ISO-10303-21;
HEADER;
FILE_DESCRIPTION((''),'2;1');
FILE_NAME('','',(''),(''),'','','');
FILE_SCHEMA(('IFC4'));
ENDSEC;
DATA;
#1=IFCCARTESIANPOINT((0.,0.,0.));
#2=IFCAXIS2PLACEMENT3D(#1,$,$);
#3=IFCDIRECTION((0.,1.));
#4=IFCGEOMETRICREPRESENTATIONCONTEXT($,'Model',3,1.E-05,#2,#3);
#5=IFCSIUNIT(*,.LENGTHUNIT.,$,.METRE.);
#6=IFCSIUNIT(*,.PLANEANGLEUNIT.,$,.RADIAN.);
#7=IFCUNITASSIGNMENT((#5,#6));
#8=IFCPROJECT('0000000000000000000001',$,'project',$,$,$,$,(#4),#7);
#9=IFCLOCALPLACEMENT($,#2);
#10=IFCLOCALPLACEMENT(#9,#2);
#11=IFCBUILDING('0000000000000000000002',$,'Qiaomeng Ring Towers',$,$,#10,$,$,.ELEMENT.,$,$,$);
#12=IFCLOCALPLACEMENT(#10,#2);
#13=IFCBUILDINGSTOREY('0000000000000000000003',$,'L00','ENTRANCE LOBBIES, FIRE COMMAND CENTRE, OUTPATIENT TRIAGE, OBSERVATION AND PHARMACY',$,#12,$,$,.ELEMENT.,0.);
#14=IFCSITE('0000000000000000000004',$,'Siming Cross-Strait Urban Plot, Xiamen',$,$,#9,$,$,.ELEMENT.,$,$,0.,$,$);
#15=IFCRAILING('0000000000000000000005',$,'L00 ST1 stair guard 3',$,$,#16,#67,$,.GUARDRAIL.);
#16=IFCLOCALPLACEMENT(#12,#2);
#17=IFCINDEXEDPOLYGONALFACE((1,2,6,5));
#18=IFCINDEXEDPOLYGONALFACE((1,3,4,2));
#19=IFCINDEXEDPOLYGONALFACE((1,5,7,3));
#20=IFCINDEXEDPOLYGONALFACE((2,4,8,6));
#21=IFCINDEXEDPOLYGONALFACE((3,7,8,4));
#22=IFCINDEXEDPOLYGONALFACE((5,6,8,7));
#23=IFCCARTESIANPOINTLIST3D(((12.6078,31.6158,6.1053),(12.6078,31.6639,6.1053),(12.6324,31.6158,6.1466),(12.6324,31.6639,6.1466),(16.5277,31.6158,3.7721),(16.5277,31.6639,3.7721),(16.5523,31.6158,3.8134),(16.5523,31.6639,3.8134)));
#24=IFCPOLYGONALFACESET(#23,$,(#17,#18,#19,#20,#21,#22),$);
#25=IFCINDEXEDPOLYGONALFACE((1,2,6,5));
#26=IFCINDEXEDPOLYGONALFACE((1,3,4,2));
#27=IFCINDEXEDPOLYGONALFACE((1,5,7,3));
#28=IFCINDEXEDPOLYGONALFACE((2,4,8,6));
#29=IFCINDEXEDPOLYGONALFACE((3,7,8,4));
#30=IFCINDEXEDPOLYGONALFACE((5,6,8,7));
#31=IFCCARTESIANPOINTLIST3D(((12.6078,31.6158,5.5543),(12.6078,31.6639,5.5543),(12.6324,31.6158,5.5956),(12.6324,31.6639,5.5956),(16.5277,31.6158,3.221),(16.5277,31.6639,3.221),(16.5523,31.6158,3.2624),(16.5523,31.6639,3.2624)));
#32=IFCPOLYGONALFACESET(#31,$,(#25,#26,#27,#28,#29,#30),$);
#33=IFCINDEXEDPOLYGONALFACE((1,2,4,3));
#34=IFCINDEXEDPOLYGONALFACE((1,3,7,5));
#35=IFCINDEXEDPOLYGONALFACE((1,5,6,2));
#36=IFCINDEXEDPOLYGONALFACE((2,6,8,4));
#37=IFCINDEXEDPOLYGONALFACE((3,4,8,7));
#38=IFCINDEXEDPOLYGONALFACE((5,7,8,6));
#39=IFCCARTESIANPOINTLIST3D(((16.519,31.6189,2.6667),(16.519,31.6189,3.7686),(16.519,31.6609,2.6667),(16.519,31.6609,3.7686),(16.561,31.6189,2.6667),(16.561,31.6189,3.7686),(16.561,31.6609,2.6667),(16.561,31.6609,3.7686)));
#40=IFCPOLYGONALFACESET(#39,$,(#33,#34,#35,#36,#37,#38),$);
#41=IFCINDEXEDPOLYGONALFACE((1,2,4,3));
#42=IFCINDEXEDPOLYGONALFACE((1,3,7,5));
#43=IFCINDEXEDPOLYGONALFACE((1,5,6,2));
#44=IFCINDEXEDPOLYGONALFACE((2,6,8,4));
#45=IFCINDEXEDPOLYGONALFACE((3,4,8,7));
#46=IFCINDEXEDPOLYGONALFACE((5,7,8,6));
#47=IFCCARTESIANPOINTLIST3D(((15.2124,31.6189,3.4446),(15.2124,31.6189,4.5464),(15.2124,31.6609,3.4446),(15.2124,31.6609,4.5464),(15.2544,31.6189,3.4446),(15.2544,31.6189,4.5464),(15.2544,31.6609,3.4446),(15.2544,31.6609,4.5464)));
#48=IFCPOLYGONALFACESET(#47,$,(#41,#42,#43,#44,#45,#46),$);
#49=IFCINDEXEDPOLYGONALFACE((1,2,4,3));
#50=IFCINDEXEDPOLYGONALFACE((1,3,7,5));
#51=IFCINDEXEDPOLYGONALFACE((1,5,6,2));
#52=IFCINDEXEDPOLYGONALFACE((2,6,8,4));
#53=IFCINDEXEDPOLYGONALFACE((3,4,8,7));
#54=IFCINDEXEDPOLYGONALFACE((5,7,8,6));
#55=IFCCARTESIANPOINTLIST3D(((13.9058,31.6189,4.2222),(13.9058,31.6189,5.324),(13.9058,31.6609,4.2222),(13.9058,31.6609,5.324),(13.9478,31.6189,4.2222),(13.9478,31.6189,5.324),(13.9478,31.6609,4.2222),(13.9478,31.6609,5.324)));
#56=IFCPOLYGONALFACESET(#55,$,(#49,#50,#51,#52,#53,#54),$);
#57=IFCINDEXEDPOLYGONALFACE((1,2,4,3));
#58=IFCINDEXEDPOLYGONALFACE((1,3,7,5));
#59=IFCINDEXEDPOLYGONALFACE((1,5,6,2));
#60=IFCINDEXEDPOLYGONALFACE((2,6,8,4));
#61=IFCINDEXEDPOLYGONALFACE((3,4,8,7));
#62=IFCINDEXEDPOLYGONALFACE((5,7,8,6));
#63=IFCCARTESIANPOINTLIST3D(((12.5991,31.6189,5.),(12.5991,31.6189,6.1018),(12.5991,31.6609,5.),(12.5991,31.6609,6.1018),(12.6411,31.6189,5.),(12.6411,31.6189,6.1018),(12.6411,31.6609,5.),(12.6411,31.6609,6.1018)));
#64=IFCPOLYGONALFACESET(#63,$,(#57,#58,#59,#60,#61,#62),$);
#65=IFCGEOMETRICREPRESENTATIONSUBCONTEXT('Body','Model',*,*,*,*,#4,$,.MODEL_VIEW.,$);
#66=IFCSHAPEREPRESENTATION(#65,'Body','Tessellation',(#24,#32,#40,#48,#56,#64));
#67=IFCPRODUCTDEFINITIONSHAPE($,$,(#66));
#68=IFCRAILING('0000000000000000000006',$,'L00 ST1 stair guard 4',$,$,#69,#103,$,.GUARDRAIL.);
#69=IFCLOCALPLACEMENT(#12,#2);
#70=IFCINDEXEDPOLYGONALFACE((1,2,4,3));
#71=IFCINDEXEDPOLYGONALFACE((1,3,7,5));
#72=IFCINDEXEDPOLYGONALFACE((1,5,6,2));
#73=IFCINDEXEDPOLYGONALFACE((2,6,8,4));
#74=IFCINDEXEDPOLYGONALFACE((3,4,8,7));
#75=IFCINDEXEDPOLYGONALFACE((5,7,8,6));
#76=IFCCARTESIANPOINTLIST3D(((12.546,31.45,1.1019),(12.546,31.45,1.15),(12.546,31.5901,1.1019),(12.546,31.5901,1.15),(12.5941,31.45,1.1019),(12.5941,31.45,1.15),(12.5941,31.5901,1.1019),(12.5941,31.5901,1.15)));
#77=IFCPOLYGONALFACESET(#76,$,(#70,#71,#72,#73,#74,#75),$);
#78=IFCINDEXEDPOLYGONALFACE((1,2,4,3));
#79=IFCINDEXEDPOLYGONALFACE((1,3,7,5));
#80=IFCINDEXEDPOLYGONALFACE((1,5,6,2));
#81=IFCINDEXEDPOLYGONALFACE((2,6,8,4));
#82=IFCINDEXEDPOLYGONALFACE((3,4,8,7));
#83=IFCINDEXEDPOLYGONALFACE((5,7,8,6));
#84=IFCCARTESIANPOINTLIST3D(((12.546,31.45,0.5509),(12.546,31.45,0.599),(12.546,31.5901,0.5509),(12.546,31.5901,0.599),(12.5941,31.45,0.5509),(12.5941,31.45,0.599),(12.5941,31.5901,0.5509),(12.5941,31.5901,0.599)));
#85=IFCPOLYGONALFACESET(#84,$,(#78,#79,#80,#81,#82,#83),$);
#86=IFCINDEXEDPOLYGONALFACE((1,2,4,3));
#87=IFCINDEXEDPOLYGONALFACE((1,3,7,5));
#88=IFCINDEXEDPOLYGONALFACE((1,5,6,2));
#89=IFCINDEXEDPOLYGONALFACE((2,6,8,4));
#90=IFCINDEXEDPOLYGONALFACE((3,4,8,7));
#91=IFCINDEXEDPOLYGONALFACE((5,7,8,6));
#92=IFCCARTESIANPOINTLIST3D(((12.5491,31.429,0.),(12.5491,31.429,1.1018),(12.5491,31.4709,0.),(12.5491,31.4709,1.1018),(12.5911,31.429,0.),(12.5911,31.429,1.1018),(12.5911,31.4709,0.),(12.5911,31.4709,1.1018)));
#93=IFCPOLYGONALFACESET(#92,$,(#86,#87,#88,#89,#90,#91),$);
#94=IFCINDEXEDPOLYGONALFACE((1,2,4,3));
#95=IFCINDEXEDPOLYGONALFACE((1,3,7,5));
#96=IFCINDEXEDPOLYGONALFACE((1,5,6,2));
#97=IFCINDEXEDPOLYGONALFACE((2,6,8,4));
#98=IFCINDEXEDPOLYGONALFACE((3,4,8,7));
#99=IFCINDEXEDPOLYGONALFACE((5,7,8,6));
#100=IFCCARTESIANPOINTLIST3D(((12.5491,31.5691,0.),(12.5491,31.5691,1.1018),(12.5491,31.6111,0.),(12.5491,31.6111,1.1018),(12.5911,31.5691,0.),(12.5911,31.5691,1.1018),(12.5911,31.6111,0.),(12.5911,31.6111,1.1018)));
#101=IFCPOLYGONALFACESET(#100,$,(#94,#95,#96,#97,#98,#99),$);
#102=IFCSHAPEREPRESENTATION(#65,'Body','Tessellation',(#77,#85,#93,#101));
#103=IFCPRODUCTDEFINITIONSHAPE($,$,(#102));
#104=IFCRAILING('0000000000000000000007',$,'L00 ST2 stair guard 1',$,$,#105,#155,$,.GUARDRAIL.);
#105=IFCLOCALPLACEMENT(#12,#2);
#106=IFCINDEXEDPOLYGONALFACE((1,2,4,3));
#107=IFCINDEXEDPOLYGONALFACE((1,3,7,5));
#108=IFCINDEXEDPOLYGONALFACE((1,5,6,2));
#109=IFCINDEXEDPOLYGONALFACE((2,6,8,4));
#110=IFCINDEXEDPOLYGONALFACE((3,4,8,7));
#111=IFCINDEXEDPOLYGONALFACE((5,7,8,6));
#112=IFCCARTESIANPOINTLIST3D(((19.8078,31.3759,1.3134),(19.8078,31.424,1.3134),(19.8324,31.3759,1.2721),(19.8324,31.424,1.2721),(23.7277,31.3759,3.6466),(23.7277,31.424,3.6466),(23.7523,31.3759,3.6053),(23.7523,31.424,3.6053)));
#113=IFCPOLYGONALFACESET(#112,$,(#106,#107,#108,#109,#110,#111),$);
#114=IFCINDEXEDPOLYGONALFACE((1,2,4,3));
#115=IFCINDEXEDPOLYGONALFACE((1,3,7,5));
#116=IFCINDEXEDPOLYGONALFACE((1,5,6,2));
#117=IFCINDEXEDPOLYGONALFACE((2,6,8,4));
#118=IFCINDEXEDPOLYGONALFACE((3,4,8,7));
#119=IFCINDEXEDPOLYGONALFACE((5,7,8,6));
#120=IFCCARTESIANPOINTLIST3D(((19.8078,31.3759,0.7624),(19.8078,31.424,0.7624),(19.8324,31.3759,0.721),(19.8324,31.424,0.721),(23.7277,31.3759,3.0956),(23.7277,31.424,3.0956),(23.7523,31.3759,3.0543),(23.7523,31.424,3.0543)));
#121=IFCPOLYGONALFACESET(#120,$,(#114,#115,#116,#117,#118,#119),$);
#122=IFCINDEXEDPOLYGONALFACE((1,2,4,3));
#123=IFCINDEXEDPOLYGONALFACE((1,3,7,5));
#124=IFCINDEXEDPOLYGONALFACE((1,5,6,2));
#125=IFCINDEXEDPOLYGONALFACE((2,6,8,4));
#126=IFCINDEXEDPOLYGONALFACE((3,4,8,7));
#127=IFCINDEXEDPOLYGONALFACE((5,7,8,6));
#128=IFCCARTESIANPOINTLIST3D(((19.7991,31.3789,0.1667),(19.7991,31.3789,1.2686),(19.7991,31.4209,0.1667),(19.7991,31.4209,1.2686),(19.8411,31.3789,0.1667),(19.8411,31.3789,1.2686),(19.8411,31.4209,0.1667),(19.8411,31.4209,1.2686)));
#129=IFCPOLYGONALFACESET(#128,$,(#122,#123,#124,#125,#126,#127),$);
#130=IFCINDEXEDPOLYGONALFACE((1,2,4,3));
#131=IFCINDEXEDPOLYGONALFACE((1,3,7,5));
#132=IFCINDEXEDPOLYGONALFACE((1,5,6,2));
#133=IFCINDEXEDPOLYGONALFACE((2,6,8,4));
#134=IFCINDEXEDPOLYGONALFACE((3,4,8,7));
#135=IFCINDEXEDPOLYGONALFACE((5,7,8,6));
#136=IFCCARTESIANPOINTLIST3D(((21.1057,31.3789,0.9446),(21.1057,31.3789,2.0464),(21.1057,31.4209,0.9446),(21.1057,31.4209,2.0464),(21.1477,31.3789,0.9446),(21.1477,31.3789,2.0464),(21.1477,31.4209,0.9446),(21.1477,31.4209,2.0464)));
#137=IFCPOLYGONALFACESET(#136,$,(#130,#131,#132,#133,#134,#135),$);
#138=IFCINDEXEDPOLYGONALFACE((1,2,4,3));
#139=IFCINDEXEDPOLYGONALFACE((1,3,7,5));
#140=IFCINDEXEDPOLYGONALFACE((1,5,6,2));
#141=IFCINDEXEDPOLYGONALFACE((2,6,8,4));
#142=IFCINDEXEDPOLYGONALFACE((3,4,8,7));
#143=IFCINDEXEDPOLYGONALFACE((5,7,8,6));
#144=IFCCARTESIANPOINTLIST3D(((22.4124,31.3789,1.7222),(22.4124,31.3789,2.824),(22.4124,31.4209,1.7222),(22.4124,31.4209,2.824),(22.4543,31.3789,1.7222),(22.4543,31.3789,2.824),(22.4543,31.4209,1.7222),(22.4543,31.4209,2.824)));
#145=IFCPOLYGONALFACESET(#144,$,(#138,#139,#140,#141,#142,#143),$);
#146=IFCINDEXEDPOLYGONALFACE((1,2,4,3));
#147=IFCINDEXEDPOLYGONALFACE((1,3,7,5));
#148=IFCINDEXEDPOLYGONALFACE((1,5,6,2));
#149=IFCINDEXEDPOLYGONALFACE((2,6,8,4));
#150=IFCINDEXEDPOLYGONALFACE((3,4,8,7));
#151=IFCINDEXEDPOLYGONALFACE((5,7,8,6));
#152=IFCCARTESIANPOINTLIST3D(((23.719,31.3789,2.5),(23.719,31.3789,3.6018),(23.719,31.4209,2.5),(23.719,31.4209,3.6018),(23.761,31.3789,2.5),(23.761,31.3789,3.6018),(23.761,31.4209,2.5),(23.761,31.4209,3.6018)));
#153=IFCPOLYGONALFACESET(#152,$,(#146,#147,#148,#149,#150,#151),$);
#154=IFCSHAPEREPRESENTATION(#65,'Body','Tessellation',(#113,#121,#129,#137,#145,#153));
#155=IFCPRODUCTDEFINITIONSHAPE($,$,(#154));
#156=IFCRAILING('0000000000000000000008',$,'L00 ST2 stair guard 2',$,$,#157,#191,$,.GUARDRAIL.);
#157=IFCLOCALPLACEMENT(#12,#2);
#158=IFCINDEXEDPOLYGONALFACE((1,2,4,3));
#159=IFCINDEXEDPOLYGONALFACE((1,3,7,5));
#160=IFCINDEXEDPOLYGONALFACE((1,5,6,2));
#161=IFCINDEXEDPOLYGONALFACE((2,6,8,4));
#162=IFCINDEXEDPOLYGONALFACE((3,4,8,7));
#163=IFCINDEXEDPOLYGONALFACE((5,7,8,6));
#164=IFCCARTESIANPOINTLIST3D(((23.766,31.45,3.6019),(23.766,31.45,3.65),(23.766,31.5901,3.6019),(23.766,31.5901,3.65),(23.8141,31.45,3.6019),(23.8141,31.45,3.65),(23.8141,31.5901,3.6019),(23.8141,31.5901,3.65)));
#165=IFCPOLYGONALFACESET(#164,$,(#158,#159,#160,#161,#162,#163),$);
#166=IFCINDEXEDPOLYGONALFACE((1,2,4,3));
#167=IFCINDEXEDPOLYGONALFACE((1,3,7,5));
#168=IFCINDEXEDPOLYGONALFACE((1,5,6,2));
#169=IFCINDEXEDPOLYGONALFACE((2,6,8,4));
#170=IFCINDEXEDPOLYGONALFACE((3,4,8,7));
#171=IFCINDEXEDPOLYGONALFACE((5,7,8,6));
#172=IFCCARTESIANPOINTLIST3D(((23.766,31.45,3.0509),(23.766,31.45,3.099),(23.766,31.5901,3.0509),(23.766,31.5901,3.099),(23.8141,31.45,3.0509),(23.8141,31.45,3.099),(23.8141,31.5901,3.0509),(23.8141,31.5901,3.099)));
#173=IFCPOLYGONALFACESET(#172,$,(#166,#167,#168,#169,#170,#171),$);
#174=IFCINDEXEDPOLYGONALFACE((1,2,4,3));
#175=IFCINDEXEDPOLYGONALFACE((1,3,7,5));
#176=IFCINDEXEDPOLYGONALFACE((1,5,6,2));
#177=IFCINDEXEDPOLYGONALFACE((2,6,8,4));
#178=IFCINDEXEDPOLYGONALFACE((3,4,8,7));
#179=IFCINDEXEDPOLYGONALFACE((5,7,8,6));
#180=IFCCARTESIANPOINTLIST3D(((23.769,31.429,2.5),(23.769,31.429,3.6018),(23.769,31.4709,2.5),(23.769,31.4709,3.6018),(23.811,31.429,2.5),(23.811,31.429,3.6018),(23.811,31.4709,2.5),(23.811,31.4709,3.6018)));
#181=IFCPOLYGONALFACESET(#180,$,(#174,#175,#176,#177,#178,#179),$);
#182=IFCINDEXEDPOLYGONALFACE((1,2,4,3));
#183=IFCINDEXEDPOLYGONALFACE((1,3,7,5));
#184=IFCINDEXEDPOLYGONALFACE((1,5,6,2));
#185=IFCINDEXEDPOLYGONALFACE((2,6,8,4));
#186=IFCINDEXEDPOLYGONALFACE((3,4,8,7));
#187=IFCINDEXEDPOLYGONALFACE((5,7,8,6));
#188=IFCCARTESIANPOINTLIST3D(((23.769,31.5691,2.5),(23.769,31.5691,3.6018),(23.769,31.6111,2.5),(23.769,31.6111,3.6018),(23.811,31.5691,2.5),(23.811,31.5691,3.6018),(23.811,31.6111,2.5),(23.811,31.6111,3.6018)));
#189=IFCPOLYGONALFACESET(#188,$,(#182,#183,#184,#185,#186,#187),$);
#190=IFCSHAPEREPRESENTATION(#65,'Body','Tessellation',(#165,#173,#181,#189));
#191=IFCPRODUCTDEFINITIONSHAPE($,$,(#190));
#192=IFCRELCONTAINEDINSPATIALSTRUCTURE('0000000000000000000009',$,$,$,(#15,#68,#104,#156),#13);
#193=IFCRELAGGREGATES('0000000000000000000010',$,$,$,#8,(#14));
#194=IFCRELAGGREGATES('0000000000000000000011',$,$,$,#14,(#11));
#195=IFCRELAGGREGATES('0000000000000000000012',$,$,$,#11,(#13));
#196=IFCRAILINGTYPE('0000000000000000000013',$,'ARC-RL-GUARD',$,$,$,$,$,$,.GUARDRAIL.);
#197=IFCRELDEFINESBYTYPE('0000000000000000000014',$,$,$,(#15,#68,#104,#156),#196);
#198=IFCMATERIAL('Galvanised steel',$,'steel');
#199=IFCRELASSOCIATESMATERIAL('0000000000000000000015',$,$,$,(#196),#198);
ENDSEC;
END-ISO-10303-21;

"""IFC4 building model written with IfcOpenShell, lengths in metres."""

from ifc_helpers import new_model, si_unit, direction, frame, origin, origin_2d, place, context, subcontext, project, spatial, rectangle, extrude, material, type_object, element, save


model = new_model("IFC4")

# Units and contexts
model_context = context("Model", 3, precision=1e-05, world=origin(), true_north=direction((0.0, 1.0)))
body_context = subcontext(model_context, "Body", "Model", "MODEL_VIEW")
ifc_project = project(units=[si_unit("LENGTHUNIT", "METRE"), si_unit("PLANEANGLEUNIT", "RADIAN")], contexts=[model_context])

# Site, building, storey
site_placement = place(None, origin())
site = spatial("IfcSite", under=ifc_project, at=site_placement, Name="Siming Cross-Strait Urban Plot, Xiamen", CompositionType="ELEMENT", RefElevation=0.0)
building_placement = place(site_placement, origin())
building = spatial("IfcBuilding", under=site, at=building_placement, Name="Qiaomeng Ring Towers", CompositionType="ELEMENT")
storey_placement = place(building_placement, origin())
storey = spatial("IfcBuildingStorey", under=building, at=storey_placement, Name="L00", Description="ENTRANCE LOBBIES, FIRE COMMAND CENTRE, OUTPATIENT TRIAGE, OBSERVATION AND PHARMACY", CompositionType="ELEMENT", Elevation=0.0)

# Shared definitions
ifc_material_1 = material(Name="Galvanised steel", Category="steel")

# Railings
railing_type_1 = type_object("IfcRailingType", Name="ARC-RL-GUARD", PredefinedType="GUARDRAIL", material=ifc_material_1)
railing_1_placement = place(storey_placement, frame((16.54, 31.6399, 2.6667)))
element("IfcRailing", 1, at=railing_1_placement, inside=storey, type_object=railing_type_1, Name="L00 ST1 stair guard 3", PredefinedType="GUARDRAIL", context=body_context, shape_type="SweptSolid", body=[
    extrude(rectangle(XDim=0.0481, YDim=0.0481, at=origin_2d()), frame((0.0, 0.0, 1.126), z_axis=(-0.859296, 0.0, 0.511478), x_axis=(0.0, -1.0, 0.0)), (0.0, 0.0, 1.0), 4.5618),
    extrude(rectangle(XDim=0.0481, YDim=0.0481, at=origin_2d()), frame((0.0, 0.0, 0.575), z_axis=(-0.859296, 0.0, 0.511478), x_axis=(0.0, -1.0, 0.0)), (0.0, 0.0, 1.0), 4.5618),
    extrude(rectangle(XDim=0.042, YDim=0.042, at=origin_2d()), origin(), (0.0, 0.0, 1.0), 1.1018),
    extrude(rectangle(XDim=0.042, YDim=0.042, at=origin_2d()), frame((-1.3066, 0.0, 0.7778)), (0.0, 0.0, 1.0), 1.1018),
    extrude(rectangle(XDim=0.042, YDim=0.042, at=origin_2d()), frame((-2.6133, 0.0, 1.5554)), (0.0, 0.0, 1.0), 1.1018),
    extrude(rectangle(XDim=0.042, YDim=0.042, at=origin_2d()), frame((-3.9199, 0.0, 2.3333)), (0.0, 0.0, 1.0), 1.1018),
])
railing_2_placement = place(storey_placement, frame((12.5701, 31.45, 0.0)))
element("IfcRailing", 2, at=railing_2_placement, inside=storey, type_object=railing_type_1, Name="L00 ST1 stair guard 4", PredefinedType="GUARDRAIL", context=body_context, shape_type="SweptSolid", body=[
    extrude(rectangle(XDim=0.0481, YDim=0.0481, at=origin_2d()), frame((0.0, 0.0, 1.126), z_axis=(0.0, 1.0, 0.0), x_axis=(-1.0, 0.0, 0.0)), (0.0, 0.0, 1.0), 0.1401),
    extrude(rectangle(XDim=0.0481, YDim=0.0481, at=origin_2d()), frame((0.0, 0.0, 0.575), z_axis=(0.0, 1.0, 0.0), x_axis=(-1.0, 0.0, 0.0)), (0.0, 0.0, 1.0), 0.1401),
    extrude(rectangle(XDim=0.042, YDim=0.042, at=origin_2d()), origin(), (0.0, 0.0, 1.0), 1.1018),
    extrude(rectangle(XDim=0.042, YDim=0.042, at=origin_2d()), frame((0.0, 0.1401, 0.0)), (0.0, 0.0, 1.0), 1.1018),
])
railing_3_placement = place(storey_placement, frame((19.8201, 31.3999, 0.1667)))
element("IfcRailing", 3, at=railing_3_placement, inside=storey, type_object=railing_type_1, Name="L00 ST2 stair guard 1", PredefinedType="GUARDRAIL", context=body_context, shape_type="SweptSolid", body=[
    extrude(rectangle(XDim=0.0481, YDim=0.0481, at=origin_2d()), frame((0.0, 0.0, 1.126), z_axis=(0.859296, 0.0, 0.511478), x_axis=(0.0, 1.0, 0.0)), (0.0, 0.0, 1.0), 4.5618),
    extrude(rectangle(XDim=0.0481, YDim=0.0481, at=origin_2d()), frame((0.0, 0.0, 0.575), z_axis=(0.859296, 0.0, 0.511478), x_axis=(0.0, 1.0, 0.0)), (0.0, 0.0, 1.0), 4.5618),
    extrude(rectangle(XDim=0.042, YDim=0.042, at=origin_2d()), origin(), (0.0, 0.0, 1.0), 1.1018),
    extrude(rectangle(XDim=0.042, YDim=0.042, at=origin_2d()), frame((1.3066, 0.0, 0.7778)), (0.0, 0.0, 1.0), 1.1018),
    extrude(rectangle(XDim=0.042, YDim=0.042, at=origin_2d()), frame((2.6133, 0.0, 1.5554)), (0.0, 0.0, 1.0), 1.1018),
    extrude(rectangle(XDim=0.042, YDim=0.042, at=origin_2d()), frame((3.9199, 0.0, 2.3333)), (0.0, 0.0, 1.0), 1.1018),
])
railing_4_placement = place(storey_placement, frame((23.79, 31.45, 2.5)))
element("IfcRailing", 4, at=railing_4_placement, inside=storey, type_object=railing_type_1, Name="L00 ST2 stair guard 2", PredefinedType="GUARDRAIL", context=body_context, shape_type="SweptSolid", body=[
    extrude(rectangle(XDim=0.0481, YDim=0.0481, at=origin_2d()), frame((0.0, 0.0, 1.126), z_axis=(0.0, 1.0, 0.0), x_axis=(-1.0, 0.0, 0.0)), (0.0, 0.0, 1.0), 0.1401),
    extrude(rectangle(XDim=0.0481, YDim=0.0481, at=origin_2d()), frame((0.0, 0.0, 0.575), z_axis=(0.0, 1.0, 0.0), x_axis=(-1.0, 0.0, 0.0)), (0.0, 0.0, 1.0), 0.1401),
    extrude(rectangle(XDim=0.042, YDim=0.042, at=origin_2d()), origin(), (0.0, 0.0, 1.0), 1.1018),
    extrude(rectangle(XDim=0.042, YDim=0.042, at=origin_2d()), frame((0.0, 0.1401, 0.0)), (0.0, 0.0, 1.0), 1.1018),
])

save(model, "model.ifc")
